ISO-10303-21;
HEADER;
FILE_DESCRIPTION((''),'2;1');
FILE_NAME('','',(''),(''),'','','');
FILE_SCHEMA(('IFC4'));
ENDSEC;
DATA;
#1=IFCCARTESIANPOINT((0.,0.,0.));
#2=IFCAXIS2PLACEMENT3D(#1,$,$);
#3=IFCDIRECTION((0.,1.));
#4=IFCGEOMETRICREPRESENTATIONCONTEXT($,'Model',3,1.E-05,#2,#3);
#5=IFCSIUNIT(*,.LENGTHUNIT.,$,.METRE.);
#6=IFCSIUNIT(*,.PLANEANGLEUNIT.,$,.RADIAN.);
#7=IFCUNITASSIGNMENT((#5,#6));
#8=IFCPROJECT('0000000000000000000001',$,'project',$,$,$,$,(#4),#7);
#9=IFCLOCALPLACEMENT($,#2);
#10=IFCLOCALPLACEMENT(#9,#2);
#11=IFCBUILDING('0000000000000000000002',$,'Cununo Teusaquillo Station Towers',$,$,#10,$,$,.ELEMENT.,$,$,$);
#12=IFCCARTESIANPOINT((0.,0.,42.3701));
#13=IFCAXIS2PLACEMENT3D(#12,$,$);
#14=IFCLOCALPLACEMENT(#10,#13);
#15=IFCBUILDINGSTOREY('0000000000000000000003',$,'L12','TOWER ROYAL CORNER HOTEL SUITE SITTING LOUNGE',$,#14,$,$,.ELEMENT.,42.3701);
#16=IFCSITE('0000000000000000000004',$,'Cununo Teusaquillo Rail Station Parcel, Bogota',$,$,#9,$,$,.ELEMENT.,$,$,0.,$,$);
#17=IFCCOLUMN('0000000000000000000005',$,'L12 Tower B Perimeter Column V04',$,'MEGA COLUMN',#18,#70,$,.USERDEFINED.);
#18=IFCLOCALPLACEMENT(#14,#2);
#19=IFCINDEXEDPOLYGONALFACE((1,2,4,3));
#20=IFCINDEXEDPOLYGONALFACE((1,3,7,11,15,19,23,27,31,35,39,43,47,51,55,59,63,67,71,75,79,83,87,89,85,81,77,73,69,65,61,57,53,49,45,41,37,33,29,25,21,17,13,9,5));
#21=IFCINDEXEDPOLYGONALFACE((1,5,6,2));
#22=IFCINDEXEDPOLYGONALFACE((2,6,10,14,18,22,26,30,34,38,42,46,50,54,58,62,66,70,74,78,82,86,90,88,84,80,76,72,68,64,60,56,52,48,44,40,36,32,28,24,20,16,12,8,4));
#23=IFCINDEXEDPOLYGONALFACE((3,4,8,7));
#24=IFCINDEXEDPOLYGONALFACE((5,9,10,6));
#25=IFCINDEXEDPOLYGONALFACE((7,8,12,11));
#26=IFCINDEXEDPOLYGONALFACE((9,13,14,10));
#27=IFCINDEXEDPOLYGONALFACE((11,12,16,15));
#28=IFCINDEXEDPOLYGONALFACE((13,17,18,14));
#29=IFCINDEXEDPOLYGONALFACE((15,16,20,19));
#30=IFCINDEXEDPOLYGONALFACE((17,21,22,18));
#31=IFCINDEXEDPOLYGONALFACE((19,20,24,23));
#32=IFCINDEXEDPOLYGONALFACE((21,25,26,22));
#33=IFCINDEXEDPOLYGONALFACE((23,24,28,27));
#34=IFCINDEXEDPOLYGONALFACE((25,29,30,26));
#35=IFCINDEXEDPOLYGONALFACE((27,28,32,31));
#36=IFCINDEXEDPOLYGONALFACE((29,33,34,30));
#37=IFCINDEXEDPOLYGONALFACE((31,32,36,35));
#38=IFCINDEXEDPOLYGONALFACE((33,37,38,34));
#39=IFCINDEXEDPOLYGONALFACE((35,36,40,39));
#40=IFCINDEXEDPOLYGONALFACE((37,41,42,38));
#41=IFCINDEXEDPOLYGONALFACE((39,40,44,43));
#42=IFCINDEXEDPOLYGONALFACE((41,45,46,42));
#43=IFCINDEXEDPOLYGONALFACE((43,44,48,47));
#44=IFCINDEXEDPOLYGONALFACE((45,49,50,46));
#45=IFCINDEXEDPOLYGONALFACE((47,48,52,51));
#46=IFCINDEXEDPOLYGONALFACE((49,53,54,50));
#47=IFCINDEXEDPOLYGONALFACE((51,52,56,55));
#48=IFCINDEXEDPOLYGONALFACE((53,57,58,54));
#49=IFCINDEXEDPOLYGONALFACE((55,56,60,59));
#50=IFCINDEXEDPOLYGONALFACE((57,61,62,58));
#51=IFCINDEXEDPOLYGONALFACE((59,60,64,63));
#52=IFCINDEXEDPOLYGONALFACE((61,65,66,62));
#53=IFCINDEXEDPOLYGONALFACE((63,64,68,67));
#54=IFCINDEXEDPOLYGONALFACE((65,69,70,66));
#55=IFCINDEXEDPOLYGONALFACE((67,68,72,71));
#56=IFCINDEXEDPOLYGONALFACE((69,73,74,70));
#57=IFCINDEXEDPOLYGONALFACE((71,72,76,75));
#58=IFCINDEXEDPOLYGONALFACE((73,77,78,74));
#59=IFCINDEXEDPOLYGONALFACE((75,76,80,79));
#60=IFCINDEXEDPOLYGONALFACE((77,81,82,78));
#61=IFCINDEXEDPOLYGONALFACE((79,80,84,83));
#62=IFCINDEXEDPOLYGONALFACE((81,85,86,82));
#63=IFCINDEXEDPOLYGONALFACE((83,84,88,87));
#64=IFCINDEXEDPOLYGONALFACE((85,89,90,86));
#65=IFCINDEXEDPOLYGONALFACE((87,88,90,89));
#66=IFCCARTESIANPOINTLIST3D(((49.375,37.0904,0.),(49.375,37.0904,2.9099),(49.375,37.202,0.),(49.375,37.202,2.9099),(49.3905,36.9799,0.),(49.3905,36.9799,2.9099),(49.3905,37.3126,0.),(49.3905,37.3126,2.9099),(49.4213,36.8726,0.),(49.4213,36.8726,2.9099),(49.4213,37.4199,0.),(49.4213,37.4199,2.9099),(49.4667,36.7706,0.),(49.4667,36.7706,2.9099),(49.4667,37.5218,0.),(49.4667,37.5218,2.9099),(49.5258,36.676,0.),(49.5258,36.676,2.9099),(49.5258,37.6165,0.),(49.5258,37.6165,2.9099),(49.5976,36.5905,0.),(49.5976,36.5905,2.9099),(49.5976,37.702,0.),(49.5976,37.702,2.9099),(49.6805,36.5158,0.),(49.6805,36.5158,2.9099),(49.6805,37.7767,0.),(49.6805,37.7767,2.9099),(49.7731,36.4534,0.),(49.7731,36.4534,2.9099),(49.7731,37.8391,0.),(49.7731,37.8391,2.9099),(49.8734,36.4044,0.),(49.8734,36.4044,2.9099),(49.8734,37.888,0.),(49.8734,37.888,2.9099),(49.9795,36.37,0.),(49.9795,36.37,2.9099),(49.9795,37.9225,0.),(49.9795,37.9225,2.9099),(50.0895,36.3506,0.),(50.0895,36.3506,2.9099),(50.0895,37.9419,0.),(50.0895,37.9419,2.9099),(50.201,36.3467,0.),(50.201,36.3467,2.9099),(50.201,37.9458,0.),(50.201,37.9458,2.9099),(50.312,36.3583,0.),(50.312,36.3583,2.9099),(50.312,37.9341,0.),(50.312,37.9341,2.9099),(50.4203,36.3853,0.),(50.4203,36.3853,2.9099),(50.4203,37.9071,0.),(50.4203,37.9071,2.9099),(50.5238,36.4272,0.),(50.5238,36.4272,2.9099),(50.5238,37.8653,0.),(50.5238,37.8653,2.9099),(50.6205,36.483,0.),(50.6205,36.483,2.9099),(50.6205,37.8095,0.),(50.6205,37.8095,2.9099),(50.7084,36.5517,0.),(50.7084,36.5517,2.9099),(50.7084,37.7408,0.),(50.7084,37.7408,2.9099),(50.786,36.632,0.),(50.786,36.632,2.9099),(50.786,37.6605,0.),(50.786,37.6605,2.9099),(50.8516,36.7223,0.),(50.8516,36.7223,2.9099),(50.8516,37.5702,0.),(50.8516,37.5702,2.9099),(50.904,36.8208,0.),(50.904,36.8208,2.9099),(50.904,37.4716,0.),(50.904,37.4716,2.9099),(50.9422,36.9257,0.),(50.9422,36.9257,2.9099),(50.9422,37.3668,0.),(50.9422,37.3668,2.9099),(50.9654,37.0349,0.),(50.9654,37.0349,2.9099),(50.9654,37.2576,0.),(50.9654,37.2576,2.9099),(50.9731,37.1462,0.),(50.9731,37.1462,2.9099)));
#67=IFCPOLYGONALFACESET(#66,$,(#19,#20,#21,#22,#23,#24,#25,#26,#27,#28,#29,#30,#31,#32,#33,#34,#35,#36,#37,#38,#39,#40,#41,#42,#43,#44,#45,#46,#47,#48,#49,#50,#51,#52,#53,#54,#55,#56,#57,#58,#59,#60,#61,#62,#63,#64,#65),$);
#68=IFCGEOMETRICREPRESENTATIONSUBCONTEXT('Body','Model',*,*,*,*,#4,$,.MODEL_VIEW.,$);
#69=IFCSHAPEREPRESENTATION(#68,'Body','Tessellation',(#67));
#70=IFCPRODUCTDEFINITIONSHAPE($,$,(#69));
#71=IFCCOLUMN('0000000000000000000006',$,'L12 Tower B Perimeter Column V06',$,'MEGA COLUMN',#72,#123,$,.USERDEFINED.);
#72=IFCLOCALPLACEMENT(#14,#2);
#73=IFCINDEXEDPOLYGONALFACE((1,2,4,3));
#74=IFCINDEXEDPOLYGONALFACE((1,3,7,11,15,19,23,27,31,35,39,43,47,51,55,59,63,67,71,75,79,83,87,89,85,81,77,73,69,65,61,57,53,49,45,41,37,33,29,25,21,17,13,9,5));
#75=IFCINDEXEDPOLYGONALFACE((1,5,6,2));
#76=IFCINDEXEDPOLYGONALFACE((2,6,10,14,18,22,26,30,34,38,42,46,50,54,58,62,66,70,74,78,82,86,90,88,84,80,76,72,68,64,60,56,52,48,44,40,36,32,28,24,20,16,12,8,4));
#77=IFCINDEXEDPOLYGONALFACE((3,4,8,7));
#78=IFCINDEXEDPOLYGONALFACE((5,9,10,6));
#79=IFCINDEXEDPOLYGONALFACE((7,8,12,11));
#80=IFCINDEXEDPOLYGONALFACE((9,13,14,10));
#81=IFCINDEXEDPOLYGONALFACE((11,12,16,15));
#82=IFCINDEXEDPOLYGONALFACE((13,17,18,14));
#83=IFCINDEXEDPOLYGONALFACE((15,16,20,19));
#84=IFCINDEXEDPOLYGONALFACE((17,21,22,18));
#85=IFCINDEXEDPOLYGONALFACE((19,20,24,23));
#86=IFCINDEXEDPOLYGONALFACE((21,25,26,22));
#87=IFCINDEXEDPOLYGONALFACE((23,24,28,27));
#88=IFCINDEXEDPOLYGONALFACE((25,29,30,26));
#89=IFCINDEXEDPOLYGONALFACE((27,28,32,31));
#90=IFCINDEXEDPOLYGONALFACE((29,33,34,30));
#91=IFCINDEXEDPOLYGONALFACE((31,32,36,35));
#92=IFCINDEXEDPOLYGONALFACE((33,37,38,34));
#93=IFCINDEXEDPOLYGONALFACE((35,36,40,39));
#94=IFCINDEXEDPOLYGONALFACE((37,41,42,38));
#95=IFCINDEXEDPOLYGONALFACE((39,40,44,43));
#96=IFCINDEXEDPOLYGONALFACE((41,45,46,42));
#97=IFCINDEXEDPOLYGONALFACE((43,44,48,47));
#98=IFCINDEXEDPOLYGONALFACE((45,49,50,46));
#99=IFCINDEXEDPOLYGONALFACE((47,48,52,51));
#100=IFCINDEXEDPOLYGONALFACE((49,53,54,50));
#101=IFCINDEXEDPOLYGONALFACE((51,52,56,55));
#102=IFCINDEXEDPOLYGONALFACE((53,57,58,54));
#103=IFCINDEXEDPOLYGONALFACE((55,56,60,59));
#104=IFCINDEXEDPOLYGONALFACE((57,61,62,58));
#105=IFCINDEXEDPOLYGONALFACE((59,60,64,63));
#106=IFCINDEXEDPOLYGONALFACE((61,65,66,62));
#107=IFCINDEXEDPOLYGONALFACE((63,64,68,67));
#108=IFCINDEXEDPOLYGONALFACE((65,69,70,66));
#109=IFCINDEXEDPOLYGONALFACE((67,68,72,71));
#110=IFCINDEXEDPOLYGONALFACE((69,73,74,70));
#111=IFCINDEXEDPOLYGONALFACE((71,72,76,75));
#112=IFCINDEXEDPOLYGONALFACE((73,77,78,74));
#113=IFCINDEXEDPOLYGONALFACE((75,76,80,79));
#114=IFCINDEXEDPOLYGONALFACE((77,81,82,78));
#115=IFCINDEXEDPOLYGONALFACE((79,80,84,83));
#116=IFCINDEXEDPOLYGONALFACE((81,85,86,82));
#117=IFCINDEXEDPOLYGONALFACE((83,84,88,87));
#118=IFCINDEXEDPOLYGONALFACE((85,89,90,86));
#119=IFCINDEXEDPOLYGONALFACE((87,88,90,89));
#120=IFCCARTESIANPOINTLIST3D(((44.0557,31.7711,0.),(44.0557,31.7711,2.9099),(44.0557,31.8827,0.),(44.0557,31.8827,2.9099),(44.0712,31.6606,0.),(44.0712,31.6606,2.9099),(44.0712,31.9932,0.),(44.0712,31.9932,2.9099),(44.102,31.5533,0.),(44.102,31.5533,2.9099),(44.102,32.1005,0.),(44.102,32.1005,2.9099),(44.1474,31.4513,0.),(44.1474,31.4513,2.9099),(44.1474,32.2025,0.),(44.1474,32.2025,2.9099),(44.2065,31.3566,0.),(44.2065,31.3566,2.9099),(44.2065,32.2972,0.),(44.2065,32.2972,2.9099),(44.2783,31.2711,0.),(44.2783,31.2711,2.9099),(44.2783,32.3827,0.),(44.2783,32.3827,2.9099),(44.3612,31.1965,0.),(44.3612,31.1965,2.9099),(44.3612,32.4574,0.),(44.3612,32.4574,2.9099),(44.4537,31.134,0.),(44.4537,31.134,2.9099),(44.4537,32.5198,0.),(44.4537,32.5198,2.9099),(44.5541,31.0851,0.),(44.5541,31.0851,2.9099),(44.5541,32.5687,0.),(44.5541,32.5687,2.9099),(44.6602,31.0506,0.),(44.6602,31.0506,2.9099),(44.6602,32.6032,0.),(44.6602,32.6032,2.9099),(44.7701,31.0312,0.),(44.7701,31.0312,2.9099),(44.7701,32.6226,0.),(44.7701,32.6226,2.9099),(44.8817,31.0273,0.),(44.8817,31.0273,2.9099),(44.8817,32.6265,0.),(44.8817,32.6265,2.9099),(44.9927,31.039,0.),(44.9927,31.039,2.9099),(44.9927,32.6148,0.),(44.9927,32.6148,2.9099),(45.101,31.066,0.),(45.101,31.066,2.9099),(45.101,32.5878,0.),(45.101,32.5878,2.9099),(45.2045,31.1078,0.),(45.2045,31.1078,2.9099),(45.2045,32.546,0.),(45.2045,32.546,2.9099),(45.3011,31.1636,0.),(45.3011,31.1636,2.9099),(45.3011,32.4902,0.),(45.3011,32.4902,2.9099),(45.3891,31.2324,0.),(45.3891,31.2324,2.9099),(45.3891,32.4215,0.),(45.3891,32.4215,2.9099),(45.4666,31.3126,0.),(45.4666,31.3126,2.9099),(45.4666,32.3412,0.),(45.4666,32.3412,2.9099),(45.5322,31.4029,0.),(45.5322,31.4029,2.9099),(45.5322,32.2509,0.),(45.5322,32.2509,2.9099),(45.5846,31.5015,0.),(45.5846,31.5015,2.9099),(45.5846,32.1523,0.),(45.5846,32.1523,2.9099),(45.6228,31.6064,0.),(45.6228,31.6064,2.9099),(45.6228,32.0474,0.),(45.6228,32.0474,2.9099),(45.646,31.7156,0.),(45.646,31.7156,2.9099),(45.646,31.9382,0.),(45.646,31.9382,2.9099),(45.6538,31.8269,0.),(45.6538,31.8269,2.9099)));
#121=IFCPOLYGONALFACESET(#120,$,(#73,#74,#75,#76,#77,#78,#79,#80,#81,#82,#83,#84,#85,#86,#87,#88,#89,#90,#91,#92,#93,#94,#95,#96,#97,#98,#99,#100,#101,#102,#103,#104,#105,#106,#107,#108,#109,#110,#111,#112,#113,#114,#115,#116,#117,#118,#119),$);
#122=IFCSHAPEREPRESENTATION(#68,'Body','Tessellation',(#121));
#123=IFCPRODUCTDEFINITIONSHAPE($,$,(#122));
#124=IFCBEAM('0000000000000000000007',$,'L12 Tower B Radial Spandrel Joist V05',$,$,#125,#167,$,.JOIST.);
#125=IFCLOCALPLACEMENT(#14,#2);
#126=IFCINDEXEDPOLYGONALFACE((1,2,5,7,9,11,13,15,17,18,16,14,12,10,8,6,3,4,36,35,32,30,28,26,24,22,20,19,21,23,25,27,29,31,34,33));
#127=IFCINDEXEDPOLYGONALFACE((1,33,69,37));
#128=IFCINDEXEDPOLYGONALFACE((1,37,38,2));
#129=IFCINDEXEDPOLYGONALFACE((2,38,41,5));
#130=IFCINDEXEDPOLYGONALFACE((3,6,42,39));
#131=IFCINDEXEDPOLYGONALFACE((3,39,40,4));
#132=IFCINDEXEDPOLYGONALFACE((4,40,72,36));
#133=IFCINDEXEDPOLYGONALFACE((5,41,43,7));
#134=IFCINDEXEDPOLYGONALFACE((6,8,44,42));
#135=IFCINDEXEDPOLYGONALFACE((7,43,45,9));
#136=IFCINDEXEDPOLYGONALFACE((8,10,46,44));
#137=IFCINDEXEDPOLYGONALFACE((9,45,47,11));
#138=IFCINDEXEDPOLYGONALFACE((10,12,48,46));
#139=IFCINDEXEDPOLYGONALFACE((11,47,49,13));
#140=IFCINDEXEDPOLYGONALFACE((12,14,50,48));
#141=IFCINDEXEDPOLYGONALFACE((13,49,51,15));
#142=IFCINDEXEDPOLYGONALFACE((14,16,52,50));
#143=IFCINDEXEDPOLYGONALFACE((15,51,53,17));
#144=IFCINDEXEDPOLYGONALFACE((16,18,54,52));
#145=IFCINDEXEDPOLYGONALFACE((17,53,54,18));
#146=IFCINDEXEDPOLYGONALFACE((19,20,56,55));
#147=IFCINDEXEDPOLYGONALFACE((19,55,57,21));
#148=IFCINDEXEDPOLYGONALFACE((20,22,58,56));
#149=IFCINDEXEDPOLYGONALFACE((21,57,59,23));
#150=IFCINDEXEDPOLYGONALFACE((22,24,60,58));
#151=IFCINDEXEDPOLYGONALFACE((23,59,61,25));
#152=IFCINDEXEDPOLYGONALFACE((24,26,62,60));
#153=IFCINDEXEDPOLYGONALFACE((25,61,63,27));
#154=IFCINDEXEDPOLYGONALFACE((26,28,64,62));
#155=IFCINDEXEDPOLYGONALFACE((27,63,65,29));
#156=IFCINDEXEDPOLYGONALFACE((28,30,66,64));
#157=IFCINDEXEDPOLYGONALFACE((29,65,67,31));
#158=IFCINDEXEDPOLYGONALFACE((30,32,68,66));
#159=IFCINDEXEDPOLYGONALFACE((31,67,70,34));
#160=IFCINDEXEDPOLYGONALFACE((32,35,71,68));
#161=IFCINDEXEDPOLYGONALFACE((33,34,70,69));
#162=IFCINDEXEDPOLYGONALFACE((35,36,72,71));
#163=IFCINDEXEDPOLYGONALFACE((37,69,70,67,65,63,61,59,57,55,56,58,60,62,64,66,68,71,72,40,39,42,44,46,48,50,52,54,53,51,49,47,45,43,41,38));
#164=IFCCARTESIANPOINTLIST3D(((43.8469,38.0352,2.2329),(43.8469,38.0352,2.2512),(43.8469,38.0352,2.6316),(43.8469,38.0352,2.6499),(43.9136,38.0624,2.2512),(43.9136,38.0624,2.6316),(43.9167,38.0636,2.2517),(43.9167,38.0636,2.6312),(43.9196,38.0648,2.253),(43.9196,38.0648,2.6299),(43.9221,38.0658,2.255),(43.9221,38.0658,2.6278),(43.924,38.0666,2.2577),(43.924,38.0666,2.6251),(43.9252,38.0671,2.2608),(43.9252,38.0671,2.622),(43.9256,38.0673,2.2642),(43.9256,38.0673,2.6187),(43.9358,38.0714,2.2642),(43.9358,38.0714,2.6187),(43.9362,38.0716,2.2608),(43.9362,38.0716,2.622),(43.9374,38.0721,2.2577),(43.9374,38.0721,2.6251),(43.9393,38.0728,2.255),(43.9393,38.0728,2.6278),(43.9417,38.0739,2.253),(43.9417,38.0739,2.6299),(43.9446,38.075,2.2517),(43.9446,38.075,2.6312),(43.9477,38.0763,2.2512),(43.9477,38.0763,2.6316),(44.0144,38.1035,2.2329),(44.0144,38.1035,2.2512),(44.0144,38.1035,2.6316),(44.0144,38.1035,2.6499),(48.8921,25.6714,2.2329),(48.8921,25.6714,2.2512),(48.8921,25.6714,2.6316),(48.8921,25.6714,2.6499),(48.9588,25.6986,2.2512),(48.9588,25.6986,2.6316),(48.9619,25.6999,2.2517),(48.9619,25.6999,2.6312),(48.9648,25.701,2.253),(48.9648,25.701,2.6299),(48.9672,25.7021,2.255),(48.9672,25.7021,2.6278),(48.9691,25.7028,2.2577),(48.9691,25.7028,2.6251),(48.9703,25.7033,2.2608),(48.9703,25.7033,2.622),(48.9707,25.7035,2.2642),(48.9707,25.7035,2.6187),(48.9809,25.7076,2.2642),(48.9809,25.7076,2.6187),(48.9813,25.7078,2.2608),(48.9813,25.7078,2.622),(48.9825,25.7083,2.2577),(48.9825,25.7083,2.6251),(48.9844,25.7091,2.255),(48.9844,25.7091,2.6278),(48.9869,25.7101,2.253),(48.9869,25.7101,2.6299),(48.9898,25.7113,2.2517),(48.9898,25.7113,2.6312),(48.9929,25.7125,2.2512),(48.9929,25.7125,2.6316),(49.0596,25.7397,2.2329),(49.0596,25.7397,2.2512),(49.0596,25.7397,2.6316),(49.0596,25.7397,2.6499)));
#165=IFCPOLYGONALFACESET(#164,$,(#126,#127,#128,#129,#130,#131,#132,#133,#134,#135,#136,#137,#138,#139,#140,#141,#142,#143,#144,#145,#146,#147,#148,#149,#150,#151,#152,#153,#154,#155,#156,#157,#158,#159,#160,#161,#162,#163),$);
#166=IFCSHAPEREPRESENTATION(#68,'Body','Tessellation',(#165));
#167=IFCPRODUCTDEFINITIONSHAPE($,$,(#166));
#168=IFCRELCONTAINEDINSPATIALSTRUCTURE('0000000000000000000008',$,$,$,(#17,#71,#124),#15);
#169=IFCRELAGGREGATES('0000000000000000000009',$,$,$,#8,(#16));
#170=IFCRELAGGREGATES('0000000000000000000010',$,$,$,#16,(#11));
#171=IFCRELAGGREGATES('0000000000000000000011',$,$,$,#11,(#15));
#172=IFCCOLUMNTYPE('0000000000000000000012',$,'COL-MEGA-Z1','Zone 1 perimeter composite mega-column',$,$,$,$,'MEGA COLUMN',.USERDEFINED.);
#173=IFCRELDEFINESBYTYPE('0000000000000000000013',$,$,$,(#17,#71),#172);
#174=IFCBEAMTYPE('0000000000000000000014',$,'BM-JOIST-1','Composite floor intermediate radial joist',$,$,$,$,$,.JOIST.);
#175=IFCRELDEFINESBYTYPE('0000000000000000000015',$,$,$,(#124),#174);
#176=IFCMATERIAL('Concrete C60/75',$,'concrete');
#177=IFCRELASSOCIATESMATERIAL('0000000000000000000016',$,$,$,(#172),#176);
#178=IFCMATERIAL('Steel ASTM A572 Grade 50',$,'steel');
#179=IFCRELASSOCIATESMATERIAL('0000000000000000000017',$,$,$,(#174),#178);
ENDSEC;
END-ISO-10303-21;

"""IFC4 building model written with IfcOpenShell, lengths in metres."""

from ifc_helpers import new_model, si_unit, direction, frame, origin, origin_2d, place, context, subcontext, project, spatial, circle, i_section, extrude, material, material_profile, profile_set, type_object, element, save


model = new_model("IFC4")

# Units and contexts
model_context = context("Model", 3, precision=1e-05, world=origin(), true_north=direction((0.0, 1.0)))
body_context = subcontext(model_context, "Body", "Model", "MODEL_VIEW")
ifc_project = project(units=[si_unit("LENGTHUNIT", "METRE"), si_unit("PLANEANGLEUNIT", "RADIAN")], contexts=[model_context])

# Site, building, storey
site_placement = place(None, origin())
site = spatial("IfcSite", under=ifc_project, at=site_placement, Name="Cununo Teusaquillo Rail Station Parcel, Bogota", CompositionType="ELEMENT", RefElevation=0.0)
building_placement = place(site_placement, origin())
building = spatial("IfcBuilding", under=site, at=building_placement, Name="Cununo Teusaquillo Station Towers", CompositionType="ELEMENT")
storey_placement = place(building_placement, frame((0.0, 0.0, 42.3701)))
storey = spatial("IfcBuildingStorey", under=building, at=storey_placement, Name="L12", Description="TOWER ROYAL CORNER HOTEL SUITE SITTING LOUNGE", CompositionType="ELEMENT", Elevation=42.3701)

# Columns
ifc_material_1 = material(Name="Concrete C60/75", Category="concrete")
ifc_material_profile_1 = material_profile(ifc_material_1, circle(Radius=0.8, at=origin_2d()), Name="RC-CIRC-1600")
ifc_profile_set_1 = profile_set([ifc_material_profile_1], Name="Concrete C60/75")
column_type = type_object("IfcColumnType", Name="COL-MEGA-Z1", Description="Zone 1 perimeter composite mega-column", ElementType="MEGA COLUMN", PredefinedType="USERDEFINED", material=ifc_profile_set_1)
for number, where, z_axis, x_axis, name in (
    (1, (50.1731, 37.1462, 0.0), (0.0, 0.0, 1.0), (1.0, 0.0, 0.0), "L12 Tower B Perimeter Column V04"),
    (2, (44.8538, 31.8269, 0.0), (0.0, 0.0, 1.0), (1.0, 0.0, 0.0), "L12 Tower B Perimeter Column V06"),
):
    element("IfcColumn", number, at=place(storey_placement, frame(where, z_axis=z_axis, x_axis=x_axis)), inside=storey, type_object=column_type, Name=name, ObjectType="MEGA COLUMN", PredefinedType="USERDEFINED", context=body_context, shape_type="SweptSolid", body=[
        extrude(circle(Radius=0.8, at=origin_2d()), origin(), (0.0, 0.0, 1.0), 2.9099),
    ])

# Beam
ifc_material_2 = material(Name="Steel ASTM A572 Grade 50", Category="steel")
ifc_material_profile_2 = material_profile(ifc_material_2, i_section(OverallWidth=0.1809, OverallDepth=0.417, WebThickness=0.011, FlangeThickness=0.0183, FilletRadius=0.0129, at=origin_2d()), Name="W16X57")
ifc_profile_set_2 = profile_set([ifc_material_profile_2], Name="Steel ASTM A572 Grade 50")
beam_type_1 = type_object("IfcBeamType", Name="BM-JOIST-1", Description="Composite floor intermediate radial joist", PredefinedType="JOIST", material=ifc_profile_set_2)
beam_1_placement = place(storey_placement, frame((48.9758, 25.7056, 2.4414), z_axis=(-0.377815, 0.925881, 0.0), x_axis=(-0.925881, -0.377815, 0.0)))
element("IfcBeam", 3, at=beam_1_placement, inside=storey, type_object=beam_type_1, Name="L12 Tower B Radial Spandrel Joist V05", PredefinedType="JOIST", context=body_context, shape_type="SweptSolid", body=[
    extrude(i_section(OverallWidth=0.1809, OverallDepth=0.417, WebThickness=0.011, FlangeThickness=0.0183, FilletRadius=0.0129, at=origin_2d()), origin(), (0.0, 0.0, 1.0), 13.3535),
])

save(model, "model.ifc")
